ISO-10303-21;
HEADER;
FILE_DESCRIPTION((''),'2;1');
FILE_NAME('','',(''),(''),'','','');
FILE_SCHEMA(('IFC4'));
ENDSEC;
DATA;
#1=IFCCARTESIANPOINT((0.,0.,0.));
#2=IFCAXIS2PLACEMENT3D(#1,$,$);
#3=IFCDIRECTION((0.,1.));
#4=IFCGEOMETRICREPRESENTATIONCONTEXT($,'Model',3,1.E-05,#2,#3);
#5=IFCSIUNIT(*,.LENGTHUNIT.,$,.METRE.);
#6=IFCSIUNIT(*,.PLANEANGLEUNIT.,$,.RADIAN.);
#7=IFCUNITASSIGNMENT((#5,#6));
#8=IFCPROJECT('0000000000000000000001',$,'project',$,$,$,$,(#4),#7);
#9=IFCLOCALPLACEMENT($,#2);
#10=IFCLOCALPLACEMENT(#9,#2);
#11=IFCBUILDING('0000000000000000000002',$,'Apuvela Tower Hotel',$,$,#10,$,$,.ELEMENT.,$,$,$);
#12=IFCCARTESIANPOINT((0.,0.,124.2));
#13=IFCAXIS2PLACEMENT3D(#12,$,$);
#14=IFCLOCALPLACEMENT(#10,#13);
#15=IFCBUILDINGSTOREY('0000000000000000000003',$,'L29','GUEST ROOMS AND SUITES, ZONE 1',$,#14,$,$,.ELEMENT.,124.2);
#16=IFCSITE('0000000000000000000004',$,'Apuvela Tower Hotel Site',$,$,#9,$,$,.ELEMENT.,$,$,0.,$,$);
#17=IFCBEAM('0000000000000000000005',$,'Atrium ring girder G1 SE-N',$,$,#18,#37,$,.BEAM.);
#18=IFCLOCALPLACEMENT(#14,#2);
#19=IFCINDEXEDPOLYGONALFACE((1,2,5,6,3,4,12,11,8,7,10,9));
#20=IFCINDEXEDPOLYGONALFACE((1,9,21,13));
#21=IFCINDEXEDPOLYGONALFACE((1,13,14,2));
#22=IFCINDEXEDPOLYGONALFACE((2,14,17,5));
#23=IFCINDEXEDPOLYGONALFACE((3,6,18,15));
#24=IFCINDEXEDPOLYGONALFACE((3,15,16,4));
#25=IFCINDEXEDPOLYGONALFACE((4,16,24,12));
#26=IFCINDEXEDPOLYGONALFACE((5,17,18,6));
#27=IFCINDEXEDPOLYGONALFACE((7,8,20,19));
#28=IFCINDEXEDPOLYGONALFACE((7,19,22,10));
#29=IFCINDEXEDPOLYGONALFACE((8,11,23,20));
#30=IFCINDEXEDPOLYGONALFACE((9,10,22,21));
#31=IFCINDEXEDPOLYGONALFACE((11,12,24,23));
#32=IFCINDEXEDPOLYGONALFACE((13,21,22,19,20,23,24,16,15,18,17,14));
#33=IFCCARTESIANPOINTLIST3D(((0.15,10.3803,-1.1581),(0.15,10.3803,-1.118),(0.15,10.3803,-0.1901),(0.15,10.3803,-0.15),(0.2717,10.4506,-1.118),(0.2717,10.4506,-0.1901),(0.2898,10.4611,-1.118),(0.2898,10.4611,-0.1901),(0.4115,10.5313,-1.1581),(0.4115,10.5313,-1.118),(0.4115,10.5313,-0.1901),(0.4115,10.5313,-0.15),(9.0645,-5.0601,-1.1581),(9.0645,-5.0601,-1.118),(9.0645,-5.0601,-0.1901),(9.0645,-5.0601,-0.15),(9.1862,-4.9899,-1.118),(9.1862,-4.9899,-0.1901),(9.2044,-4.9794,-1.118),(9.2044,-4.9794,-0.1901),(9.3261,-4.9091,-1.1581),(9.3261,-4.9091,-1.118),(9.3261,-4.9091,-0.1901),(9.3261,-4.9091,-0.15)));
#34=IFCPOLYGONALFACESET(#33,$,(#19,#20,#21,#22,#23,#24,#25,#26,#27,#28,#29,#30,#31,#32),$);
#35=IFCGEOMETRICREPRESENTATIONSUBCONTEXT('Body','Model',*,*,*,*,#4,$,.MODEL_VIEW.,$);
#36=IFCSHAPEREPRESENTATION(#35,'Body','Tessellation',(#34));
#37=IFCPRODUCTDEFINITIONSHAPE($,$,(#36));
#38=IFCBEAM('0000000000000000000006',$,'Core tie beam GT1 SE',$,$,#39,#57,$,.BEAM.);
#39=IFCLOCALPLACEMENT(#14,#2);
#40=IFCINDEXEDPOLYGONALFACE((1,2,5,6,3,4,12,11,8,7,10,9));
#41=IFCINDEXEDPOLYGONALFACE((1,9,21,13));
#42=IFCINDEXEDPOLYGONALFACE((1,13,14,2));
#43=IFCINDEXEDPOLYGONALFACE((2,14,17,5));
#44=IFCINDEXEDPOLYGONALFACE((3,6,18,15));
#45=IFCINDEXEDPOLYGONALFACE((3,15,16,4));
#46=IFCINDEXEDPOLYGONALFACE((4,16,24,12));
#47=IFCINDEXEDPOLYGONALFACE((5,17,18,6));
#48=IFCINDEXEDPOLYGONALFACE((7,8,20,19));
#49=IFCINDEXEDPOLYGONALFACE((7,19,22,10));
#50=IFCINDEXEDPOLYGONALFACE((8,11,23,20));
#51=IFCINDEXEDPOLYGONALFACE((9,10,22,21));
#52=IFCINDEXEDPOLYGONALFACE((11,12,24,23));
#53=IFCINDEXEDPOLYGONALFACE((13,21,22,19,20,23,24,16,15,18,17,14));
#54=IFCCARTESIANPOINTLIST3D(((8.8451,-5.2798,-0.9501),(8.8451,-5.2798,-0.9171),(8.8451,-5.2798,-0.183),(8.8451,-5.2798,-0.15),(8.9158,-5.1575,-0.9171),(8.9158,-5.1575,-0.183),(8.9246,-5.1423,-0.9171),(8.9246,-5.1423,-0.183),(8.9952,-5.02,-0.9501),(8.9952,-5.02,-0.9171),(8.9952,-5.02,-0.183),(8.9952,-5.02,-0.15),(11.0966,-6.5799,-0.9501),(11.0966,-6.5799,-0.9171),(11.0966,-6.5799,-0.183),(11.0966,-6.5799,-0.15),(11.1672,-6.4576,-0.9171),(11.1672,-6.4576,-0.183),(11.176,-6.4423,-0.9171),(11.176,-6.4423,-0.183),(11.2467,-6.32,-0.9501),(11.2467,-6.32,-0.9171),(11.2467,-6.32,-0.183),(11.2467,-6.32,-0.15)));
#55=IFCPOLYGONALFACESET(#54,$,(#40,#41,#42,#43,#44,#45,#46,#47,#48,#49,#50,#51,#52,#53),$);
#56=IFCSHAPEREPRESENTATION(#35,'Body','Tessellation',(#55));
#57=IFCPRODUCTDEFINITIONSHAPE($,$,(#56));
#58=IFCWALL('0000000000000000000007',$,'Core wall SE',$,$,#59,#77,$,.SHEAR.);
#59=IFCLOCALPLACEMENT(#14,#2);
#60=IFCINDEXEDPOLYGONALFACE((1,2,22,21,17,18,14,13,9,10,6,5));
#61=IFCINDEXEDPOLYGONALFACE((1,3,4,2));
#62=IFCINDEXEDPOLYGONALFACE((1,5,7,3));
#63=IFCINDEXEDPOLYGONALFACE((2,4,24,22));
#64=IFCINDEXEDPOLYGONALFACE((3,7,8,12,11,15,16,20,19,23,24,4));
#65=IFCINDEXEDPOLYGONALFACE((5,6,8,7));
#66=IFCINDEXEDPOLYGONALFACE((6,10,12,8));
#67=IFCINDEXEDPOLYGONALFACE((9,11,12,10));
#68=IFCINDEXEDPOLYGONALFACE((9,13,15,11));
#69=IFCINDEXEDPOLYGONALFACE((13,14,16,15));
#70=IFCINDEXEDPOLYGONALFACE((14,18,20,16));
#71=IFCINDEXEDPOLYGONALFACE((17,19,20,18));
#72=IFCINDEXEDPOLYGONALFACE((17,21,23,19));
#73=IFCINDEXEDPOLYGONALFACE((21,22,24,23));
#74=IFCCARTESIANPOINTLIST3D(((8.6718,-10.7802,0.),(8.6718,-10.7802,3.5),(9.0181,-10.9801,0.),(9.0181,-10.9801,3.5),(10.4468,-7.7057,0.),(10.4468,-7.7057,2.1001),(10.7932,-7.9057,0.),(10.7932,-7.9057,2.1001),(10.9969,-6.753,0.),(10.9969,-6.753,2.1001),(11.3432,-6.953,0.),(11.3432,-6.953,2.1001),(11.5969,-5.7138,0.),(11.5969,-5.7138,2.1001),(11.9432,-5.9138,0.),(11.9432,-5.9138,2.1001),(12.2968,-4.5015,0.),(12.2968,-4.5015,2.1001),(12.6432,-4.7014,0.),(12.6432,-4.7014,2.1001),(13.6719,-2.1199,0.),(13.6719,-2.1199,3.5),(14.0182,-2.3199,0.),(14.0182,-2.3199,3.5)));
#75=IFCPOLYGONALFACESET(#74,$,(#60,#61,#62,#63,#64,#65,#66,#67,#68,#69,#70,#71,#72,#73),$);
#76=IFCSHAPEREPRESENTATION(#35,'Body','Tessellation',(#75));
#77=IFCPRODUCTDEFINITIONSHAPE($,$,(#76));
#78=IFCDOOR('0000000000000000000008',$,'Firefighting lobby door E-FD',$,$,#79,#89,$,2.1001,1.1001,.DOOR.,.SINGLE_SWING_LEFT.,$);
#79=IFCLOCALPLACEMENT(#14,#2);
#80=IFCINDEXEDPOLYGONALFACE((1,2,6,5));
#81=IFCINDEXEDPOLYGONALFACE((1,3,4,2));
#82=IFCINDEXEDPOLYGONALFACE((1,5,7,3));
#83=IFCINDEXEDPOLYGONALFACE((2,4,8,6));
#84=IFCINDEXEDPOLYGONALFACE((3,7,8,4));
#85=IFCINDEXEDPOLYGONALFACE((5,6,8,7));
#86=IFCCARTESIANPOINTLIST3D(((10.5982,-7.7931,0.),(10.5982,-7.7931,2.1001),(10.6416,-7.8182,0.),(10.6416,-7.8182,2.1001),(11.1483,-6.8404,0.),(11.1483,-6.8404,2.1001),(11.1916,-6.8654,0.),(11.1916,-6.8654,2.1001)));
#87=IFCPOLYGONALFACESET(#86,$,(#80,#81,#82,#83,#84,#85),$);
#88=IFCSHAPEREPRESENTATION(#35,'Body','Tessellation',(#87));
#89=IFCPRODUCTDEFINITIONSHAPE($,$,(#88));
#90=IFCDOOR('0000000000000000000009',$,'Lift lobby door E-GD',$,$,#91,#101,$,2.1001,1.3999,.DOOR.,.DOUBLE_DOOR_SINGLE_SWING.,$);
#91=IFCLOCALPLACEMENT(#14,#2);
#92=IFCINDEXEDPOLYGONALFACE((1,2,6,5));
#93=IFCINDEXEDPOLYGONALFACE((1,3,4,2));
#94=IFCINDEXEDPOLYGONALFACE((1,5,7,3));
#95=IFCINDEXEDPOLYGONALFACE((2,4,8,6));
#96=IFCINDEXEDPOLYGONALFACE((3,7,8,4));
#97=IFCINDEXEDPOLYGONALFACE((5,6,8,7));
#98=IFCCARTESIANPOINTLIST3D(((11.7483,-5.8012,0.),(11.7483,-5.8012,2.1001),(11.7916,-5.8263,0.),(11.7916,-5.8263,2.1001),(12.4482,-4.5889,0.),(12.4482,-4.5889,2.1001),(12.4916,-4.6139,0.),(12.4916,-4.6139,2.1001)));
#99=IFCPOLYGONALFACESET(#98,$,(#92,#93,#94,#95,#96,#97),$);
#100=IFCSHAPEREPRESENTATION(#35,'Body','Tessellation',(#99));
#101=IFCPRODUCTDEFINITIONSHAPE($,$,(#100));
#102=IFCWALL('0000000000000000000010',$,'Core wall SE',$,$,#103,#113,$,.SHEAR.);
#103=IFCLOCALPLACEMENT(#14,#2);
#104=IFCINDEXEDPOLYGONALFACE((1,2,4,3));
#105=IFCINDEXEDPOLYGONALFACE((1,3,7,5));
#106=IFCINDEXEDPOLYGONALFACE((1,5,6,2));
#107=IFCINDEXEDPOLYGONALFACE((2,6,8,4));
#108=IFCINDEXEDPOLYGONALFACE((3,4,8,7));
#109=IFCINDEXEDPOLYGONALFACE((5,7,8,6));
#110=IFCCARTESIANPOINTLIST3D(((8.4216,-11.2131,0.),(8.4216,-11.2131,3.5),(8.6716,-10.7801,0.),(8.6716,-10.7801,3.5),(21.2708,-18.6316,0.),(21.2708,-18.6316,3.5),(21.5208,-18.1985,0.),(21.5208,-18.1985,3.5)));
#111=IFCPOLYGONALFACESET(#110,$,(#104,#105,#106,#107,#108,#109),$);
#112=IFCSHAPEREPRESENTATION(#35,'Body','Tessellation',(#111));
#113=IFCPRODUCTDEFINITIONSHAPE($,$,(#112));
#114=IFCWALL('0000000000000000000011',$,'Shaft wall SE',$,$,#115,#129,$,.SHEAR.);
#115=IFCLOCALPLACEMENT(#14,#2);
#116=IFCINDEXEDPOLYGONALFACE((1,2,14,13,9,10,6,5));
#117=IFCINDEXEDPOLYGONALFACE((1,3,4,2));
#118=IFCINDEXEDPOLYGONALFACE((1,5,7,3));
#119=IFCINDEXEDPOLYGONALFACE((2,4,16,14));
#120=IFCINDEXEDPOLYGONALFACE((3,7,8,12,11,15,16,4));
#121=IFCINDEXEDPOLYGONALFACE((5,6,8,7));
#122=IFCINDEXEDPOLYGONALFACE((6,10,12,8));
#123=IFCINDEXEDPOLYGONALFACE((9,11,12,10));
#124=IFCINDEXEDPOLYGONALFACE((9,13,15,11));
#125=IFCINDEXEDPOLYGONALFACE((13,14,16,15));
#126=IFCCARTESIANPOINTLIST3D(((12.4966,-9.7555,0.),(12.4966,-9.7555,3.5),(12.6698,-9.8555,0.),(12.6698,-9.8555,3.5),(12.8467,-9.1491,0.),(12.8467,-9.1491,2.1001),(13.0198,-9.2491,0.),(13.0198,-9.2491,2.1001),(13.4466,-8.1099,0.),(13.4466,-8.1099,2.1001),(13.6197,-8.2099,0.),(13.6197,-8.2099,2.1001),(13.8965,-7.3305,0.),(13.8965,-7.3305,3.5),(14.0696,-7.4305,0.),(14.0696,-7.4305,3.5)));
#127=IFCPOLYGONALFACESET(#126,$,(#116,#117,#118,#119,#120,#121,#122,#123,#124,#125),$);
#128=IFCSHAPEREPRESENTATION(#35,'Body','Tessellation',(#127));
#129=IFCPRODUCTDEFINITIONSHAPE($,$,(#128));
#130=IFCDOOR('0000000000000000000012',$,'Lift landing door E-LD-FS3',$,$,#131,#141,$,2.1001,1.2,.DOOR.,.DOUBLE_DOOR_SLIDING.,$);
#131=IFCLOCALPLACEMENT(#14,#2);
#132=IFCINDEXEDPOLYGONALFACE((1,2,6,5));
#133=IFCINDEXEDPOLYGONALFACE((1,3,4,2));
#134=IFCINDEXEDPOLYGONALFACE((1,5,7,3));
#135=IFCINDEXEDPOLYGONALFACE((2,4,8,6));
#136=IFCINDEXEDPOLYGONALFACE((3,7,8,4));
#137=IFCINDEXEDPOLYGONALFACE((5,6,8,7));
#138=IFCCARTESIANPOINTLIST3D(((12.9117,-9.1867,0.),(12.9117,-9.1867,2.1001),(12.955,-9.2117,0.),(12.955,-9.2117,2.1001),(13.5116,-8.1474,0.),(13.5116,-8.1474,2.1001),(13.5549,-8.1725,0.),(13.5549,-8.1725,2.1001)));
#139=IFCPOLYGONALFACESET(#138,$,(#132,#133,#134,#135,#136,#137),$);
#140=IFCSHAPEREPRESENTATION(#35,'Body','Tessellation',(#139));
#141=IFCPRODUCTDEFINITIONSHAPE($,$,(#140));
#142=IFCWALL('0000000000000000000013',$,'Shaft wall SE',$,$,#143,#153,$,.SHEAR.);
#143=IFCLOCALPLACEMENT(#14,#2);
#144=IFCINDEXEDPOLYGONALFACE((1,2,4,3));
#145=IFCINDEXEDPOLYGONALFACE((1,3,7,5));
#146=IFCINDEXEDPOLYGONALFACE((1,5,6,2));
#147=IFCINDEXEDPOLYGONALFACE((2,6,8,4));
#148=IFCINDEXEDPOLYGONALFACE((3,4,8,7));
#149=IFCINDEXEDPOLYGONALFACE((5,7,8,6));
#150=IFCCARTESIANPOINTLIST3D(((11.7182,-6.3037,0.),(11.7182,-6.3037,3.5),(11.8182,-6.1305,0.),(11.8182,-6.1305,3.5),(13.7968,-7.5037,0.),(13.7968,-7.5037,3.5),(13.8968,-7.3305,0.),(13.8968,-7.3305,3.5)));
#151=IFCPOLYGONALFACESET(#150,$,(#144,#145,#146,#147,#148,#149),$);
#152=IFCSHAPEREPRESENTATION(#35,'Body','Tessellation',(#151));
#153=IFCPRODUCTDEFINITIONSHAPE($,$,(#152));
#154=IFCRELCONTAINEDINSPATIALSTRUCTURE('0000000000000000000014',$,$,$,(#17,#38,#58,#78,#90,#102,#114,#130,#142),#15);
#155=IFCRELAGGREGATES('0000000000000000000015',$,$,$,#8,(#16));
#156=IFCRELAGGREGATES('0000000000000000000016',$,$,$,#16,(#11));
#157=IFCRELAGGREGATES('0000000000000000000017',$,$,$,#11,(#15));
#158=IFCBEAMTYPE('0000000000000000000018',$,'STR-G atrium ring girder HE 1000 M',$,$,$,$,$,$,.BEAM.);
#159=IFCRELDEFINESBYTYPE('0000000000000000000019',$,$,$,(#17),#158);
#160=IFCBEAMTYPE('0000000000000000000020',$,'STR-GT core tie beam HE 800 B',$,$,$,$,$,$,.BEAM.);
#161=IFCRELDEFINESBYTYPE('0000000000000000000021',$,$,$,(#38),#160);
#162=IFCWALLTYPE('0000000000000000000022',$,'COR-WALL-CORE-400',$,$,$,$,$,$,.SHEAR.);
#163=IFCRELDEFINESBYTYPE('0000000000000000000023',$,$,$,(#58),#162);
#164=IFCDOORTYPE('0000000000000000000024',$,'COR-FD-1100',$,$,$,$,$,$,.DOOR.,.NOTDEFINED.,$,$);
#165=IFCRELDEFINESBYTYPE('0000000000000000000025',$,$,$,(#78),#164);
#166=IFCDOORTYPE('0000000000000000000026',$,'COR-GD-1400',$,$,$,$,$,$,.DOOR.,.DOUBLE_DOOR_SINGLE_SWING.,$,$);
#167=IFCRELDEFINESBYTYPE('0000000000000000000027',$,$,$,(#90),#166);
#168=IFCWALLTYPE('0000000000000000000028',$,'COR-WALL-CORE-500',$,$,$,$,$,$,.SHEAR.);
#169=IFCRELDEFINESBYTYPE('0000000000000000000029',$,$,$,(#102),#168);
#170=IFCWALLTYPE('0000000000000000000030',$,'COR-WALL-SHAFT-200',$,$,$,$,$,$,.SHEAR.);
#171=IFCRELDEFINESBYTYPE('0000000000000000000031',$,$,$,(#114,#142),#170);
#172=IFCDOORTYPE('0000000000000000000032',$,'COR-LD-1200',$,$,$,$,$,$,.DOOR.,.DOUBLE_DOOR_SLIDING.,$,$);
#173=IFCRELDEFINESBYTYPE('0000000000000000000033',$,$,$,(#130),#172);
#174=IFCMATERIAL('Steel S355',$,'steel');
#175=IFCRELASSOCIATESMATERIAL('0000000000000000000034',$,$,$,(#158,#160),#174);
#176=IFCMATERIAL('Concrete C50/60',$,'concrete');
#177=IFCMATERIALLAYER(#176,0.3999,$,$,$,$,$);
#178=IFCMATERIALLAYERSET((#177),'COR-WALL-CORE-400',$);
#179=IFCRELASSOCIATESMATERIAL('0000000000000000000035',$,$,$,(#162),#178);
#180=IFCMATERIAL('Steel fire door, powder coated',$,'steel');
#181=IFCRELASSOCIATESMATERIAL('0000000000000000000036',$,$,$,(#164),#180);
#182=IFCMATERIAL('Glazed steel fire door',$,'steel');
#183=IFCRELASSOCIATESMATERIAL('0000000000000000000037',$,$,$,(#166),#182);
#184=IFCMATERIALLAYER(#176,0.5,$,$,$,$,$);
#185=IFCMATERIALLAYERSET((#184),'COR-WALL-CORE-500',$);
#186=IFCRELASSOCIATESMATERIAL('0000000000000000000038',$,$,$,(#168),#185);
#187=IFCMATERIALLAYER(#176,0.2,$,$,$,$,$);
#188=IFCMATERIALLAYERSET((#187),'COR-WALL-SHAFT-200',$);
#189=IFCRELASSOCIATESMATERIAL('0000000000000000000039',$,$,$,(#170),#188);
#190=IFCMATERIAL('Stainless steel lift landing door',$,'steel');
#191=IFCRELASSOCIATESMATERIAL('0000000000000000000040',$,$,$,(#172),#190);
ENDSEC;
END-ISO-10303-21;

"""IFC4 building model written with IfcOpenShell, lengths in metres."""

from ifc_helpers import new_model, si_unit, direction, frame, frame_2d, origin, origin_2d, place, context, subcontext, project, spatial, rectangle, i_section, extrude, material, layer, layer_set, material_profile, profile_set, type_object, element, fill, save


model = new_model("IFC4")

# Units and contexts
model_context = context("Model", 3, precision=1e-05, world=origin(), true_north=direction((0.0, 1.0)))
body_context = subcontext(model_context, "Body", "Model", "MODEL_VIEW")
ifc_project = project(units=[si_unit("LENGTHUNIT", "METRE"), si_unit("PLANEANGLEUNIT", "RADIAN")], contexts=[model_context])

# Site, building, storey
site_placement = place(None, origin())
site = spatial("IfcSite", under=ifc_project, at=site_placement, Name="Apuvela Tower Hotel Site", CompositionType="ELEMENT", RefElevation=0.0)
building_placement = place(site_placement, origin())
building = spatial("IfcBuilding", under=site, at=building_placement, Name="Apuvela Tower Hotel", CompositionType="ELEMENT")
storey_placement = place(building_placement, frame((0.0, 0.0, 124.2)))
storey = spatial("IfcBuildingStorey", under=building, at=storey_placement, Name="L29", Description="GUEST ROOMS AND SUITES, ZONE 1", CompositionType="ELEMENT", Elevation=124.2)

# Beams
ifc_material_1 = material(Name="Steel S355", Category="steel")
ifc_material_profile_1 = material_profile(ifc_material_1, i_section(OverallWidth=0.302, OverallDepth=1.0081, WebThickness=0.021, FlangeThickness=0.04, at=origin_2d()), Name="HE 1000 M")
ifc_profile_set_1 = profile_set([ifc_material_profile_1], Name="Steel S355")
beam_type_1 = type_object("IfcBeamType", Name="STR-G atrium ring girder HE 1000 M", PredefinedType="BEAM", material=ifc_profile_set_1)
beam_1_placement = place(storey_placement, frame((9.1953, -4.9846, -0.6541), z_axis=(-0.500001, 0.866025, 0.0), x_axis=(-0.866025, -0.500001, 0.0)))
element("IfcBeam", 1, at=beam_1_placement, inside=storey, type_object=beam_type_1, Name="Atrium ring girder G1 SE-N", PredefinedType="BEAM", context=body_context, shape_type="SweptSolid", body=[
    extrude(i_section(OverallWidth=0.302, OverallDepth=1.0081, WebThickness=0.021, FlangeThickness=0.04, at=origin_2d()), origin(), (0.0, 0.0, 1.0), 17.8291),
])
ifc_material_profile_2 = material_profile(ifc_material_1, i_section(OverallWidth=0.3, OverallDepth=0.8, WebThickness=0.0176, FlangeThickness=0.033, at=origin_2d()), Name="HE 800 B")
ifc_profile_set_2 = profile_set([ifc_material_profile_2], Name="Steel S355")
beam_type_2 = type_object("IfcBeamType", Name="STR-GT core tie beam HE 800 B", PredefinedType="BEAM", material=ifc_profile_set_2)
beam_2_placement = place(storey_placement, frame((11.1716, -6.45, -0.55), z_axis=(-0.865998, 0.500048, 0.0), x_axis=(-0.500048, -0.865998, 0.0)))
element("IfcBeam", 2, at=beam_2_placement, inside=storey, type_object=beam_type_2, Name="Core tie beam GT1 SE", PredefinedType="BEAM", context=body_context, shape_type="SweptSolid", body=[
    extrude(i_section(OverallWidth=0.3, OverallDepth=0.8, WebThickness=0.0176, FlangeThickness=0.033, at=origin_2d()), origin(), (0.0, 0.0, 1.0), 2.5999),
])

# Wall, openings, doors
ifc_material_2 = material(Name="Concrete C50/60", Category="concrete")
ifc_layer_1 = layer(ifc_material_2, 0.3999)
ifc_layer_set_1 = layer_set([ifc_layer_1], Name="COR-WALL-CORE-400")
wall_type_1 = type_object("IfcWallType", Name="COR-WALL-CORE-400", PredefinedType="SHEAR", material=ifc_layer_set_1)
wall_1_placement = place(storey_placement, frame((8.845, -10.8801, 0.0), z_axis=(0.0, 0.0, 1.0), x_axis=(0.500004, 0.866023, 0.0)))
wall_1 = element("IfcWall", 3, at=wall_1_placement, inside=storey, type_object=wall_type_1, Name="Core wall SE", PredefinedType="SHEAR", context=body_context, shape_type="SweptSolid", body=[
    extrude(rectangle(XDim=10.0, YDim=0.3999, at=frame_2d((5.0, 0.0))), origin(), (0.0, 0.0, 1.0), 3.5),
])
opening_1_placement = place(wall_1_placement, frame((3.55, 0.0, 0.0)))
opening_1 = element("IfcOpeningElement", 4, at=opening_1_placement, cuts=wall_1, PredefinedType="OPENING", context=body_context, shape_type="SweptSolid", body=[
    extrude(rectangle(XDim=1.1001, YDim=2.1001, at=frame_2d((0.55, 1.05))), frame((0.0, 0.21, 0.0), z_axis=(0.0, -1.0, 0.0), x_axis=(1.0, 0.0, 0.0)), (0.0, 0.0, 1.0), 0.4199),
])
opening_2_placement = place(wall_1_placement, frame((5.8501, 0.0, 0.0)))
opening_2 = element("IfcOpeningElement", 5, at=opening_2_placement, cuts=wall_1, PredefinedType="OPENING", context=body_context, shape_type="SweptSolid", body=[
    extrude(rectangle(XDim=1.3999, YDim=2.1001, at=frame_2d((0.7, 1.05))), frame((0.0, 0.21, 0.0), z_axis=(0.0, -1.0, 0.0), x_axis=(1.0, 0.0, 0.0)), (0.0, 0.0, 1.0), 0.4199),
])
ifc_material_3 = material(Name="Steel fire door, powder coated", Category="steel")
door_type_1 = type_object("IfcDoorType", Name="COR-FD-1100", OperationType="NOTDEFINED", PredefinedType="DOOR", material=ifc_material_3)
door_1_placement = place(opening_1_placement, frame((1.1001, 0.0, 0.0), z_axis=(0.0, 0.0, 1.0), x_axis=(-1.0, 0.0, 0.0)))
door_1 = element("IfcDoor", 6, at=door_1_placement, inside=storey, type_object=door_type_1, Name="Firefighting lobby door E-FD", OperationType="SINGLE_SWING_LEFT", OverallHeight=2.1001, OverallWidth=1.1001, PredefinedType="DOOR", context=body_context, shape_type="SweptSolid", body=[
    extrude(rectangle(XDim=1.1001, YDim=2.1001, at=frame_2d((0.55, 1.05))), frame((0.0, 0.0249, 0.0), z_axis=(0.0, -1.0, 0.0), x_axis=(1.0, 0.0, 0.0)), (0.0, 0.0, 1.0), 0.05),
])
fill(opening_1, door_1)
ifc_material_4 = material(Name="Glazed steel fire door", Category="steel")
door_type_2 = type_object("IfcDoorType", Name="COR-GD-1400", OperationType="DOUBLE_DOOR_SINGLE_SWING", PredefinedType="DOOR", material=ifc_material_4)
door_2_placement = place(opening_2_placement, frame((1.3999, 0.0, 0.0), z_axis=(0.0, 0.0, 1.0), x_axis=(-1.0, 0.0, 0.0)))
door_2 = element("IfcDoor", 7, at=door_2_placement, inside=storey, type_object=door_type_2, Name="Lift lobby door E-GD", OperationType="DOUBLE_DOOR_SINGLE_SWING", OverallHeight=2.1001, OverallWidth=1.3999, PredefinedType="DOOR", context=body_context, shape_type="SweptSolid", body=[
    extrude(rectangle(XDim=1.3999, YDim=2.1001, at=frame_2d((0.7, 1.05))), frame((0.0, 0.0249, 0.0), z_axis=(0.0, -1.0, 0.0), x_axis=(1.0, 0.0, 0.0)), (0.0, 0.0, 1.0), 0.05),
])
fill(opening_2, door_2)

# Wall
ifc_layer_2 = layer(ifc_material_2, 0.5)
ifc_layer_set_2 = layer_set([ifc_layer_2], Name="COR-WALL-CORE-500")
wall_type_2 = type_object("IfcWallType", Name="COR-WALL-CORE-500", PredefinedType="SHEAR", material=ifc_layer_set_2)
wall_2_placement = place(storey_placement, frame((8.5466, -10.9966, 0.0), z_axis=(0.0, 0.0, 1.0), x_axis=(0.866025, -0.500001, 0.0)))
element("IfcWall", 8, at=wall_2_placement, inside=storey, type_object=wall_type_2, Name="Core wall SE", PredefinedType="SHEAR", context=body_context, shape_type="SweptSolid", body=[
    extrude(rectangle(XDim=14.8369, YDim=0.5, at=frame_2d((7.4185, 0.0))), origin(), (0.0, 0.0, 1.0), 3.5),
])

# Wall, opening, door
ifc_layer_3 = layer(ifc_material_2, 0.2)
ifc_layer_set_3 = layer_set([ifc_layer_3], Name="COR-WALL-SHAFT-200")
wall_type_3 = type_object("IfcWallType", Name="COR-WALL-SHAFT-200", PredefinedType="SHEAR", material=ifc_layer_set_3)
wall_3_placement = place(storey_placement, frame((12.5833, -9.8054, 0.0), z_axis=(0.0, 0.0, 1.0), x_axis=(0.499946, 0.866056, 0.0)))
wall_3 = element("IfcWall", 9, at=wall_3_placement, inside=storey, type_object=wall_type_3, Name="Shaft wall SE", PredefinedType="SHEAR", context=body_context, shape_type="SweptSolid", body=[
    extrude(rectangle(XDim=2.8, YDim=0.2, at=frame_2d((1.3999, 0.0))), origin(), (0.0, 0.0, 1.0), 3.5),
])
opening_3_placement = place(wall_3_placement, frame((0.7, 0.0, 0.0)))
opening_3 = element("IfcOpeningElement", 10, at=opening_3_placement, cuts=wall_3, PredefinedType="OPENING", context=body_context, shape_type="SweptSolid", body=[
    extrude(rectangle(XDim=1.2, YDim=2.1001, at=frame_2d((0.6001, 1.05))), frame((0.0, 0.1099, 0.0), z_axis=(0.0, -1.0, 0.0), x_axis=(1.0, 0.0, 0.0)), (0.0, 0.0, 1.0), 0.22),
])
ifc_material_5 = material(Name="Stainless steel lift landing door", Category="steel")
door_type_3 = type_object("IfcDoorType", Name="COR-LD-1200", OperationType="DOUBLE_DOOR_SLIDING", PredefinedType="DOOR", material=ifc_material_5)
door_3_placement = place(opening_3_placement, origin())
door_3 = element("IfcDoor", 11, at=door_3_placement, inside=storey, type_object=door_type_3, Name="Lift landing door E-LD-FS3", OperationType="DOUBLE_DOOR_SLIDING", OverallHeight=2.1001, OverallWidth=1.2, PredefinedType="DOOR", context=body_context, shape_type="SweptSolid", body=[
    extrude(rectangle(XDim=1.2, YDim=2.1001, at=frame_2d((0.6001, 1.05))), frame((0.0, 0.0249, 0.0), z_axis=(0.0, -1.0, 0.0), x_axis=(1.0, 0.0, 0.0)), (0.0, 0.0, 1.0), 0.05),
])
fill(opening_3, door_3)

# Wall
wall_4_placement = place(storey_placement, frame((11.7681, -6.217, 0.0), z_axis=(0.0, 0.0, 1.0), x_axis=(0.86605, -0.499957, 0.0)))
element("IfcWall", 12, at=wall_4_placement, inside=storey, type_object=wall_type_3, Name="Shaft wall SE", PredefinedType="SHEAR", context=body_context, shape_type="SweptSolid", body=[
    extrude(rectangle(XDim=2.4001, YDim=0.2, at=frame_2d((1.2002, 0.0))), origin(), (0.0, 0.0, 1.0), 3.5),
])

save(model, "model.ifc")
